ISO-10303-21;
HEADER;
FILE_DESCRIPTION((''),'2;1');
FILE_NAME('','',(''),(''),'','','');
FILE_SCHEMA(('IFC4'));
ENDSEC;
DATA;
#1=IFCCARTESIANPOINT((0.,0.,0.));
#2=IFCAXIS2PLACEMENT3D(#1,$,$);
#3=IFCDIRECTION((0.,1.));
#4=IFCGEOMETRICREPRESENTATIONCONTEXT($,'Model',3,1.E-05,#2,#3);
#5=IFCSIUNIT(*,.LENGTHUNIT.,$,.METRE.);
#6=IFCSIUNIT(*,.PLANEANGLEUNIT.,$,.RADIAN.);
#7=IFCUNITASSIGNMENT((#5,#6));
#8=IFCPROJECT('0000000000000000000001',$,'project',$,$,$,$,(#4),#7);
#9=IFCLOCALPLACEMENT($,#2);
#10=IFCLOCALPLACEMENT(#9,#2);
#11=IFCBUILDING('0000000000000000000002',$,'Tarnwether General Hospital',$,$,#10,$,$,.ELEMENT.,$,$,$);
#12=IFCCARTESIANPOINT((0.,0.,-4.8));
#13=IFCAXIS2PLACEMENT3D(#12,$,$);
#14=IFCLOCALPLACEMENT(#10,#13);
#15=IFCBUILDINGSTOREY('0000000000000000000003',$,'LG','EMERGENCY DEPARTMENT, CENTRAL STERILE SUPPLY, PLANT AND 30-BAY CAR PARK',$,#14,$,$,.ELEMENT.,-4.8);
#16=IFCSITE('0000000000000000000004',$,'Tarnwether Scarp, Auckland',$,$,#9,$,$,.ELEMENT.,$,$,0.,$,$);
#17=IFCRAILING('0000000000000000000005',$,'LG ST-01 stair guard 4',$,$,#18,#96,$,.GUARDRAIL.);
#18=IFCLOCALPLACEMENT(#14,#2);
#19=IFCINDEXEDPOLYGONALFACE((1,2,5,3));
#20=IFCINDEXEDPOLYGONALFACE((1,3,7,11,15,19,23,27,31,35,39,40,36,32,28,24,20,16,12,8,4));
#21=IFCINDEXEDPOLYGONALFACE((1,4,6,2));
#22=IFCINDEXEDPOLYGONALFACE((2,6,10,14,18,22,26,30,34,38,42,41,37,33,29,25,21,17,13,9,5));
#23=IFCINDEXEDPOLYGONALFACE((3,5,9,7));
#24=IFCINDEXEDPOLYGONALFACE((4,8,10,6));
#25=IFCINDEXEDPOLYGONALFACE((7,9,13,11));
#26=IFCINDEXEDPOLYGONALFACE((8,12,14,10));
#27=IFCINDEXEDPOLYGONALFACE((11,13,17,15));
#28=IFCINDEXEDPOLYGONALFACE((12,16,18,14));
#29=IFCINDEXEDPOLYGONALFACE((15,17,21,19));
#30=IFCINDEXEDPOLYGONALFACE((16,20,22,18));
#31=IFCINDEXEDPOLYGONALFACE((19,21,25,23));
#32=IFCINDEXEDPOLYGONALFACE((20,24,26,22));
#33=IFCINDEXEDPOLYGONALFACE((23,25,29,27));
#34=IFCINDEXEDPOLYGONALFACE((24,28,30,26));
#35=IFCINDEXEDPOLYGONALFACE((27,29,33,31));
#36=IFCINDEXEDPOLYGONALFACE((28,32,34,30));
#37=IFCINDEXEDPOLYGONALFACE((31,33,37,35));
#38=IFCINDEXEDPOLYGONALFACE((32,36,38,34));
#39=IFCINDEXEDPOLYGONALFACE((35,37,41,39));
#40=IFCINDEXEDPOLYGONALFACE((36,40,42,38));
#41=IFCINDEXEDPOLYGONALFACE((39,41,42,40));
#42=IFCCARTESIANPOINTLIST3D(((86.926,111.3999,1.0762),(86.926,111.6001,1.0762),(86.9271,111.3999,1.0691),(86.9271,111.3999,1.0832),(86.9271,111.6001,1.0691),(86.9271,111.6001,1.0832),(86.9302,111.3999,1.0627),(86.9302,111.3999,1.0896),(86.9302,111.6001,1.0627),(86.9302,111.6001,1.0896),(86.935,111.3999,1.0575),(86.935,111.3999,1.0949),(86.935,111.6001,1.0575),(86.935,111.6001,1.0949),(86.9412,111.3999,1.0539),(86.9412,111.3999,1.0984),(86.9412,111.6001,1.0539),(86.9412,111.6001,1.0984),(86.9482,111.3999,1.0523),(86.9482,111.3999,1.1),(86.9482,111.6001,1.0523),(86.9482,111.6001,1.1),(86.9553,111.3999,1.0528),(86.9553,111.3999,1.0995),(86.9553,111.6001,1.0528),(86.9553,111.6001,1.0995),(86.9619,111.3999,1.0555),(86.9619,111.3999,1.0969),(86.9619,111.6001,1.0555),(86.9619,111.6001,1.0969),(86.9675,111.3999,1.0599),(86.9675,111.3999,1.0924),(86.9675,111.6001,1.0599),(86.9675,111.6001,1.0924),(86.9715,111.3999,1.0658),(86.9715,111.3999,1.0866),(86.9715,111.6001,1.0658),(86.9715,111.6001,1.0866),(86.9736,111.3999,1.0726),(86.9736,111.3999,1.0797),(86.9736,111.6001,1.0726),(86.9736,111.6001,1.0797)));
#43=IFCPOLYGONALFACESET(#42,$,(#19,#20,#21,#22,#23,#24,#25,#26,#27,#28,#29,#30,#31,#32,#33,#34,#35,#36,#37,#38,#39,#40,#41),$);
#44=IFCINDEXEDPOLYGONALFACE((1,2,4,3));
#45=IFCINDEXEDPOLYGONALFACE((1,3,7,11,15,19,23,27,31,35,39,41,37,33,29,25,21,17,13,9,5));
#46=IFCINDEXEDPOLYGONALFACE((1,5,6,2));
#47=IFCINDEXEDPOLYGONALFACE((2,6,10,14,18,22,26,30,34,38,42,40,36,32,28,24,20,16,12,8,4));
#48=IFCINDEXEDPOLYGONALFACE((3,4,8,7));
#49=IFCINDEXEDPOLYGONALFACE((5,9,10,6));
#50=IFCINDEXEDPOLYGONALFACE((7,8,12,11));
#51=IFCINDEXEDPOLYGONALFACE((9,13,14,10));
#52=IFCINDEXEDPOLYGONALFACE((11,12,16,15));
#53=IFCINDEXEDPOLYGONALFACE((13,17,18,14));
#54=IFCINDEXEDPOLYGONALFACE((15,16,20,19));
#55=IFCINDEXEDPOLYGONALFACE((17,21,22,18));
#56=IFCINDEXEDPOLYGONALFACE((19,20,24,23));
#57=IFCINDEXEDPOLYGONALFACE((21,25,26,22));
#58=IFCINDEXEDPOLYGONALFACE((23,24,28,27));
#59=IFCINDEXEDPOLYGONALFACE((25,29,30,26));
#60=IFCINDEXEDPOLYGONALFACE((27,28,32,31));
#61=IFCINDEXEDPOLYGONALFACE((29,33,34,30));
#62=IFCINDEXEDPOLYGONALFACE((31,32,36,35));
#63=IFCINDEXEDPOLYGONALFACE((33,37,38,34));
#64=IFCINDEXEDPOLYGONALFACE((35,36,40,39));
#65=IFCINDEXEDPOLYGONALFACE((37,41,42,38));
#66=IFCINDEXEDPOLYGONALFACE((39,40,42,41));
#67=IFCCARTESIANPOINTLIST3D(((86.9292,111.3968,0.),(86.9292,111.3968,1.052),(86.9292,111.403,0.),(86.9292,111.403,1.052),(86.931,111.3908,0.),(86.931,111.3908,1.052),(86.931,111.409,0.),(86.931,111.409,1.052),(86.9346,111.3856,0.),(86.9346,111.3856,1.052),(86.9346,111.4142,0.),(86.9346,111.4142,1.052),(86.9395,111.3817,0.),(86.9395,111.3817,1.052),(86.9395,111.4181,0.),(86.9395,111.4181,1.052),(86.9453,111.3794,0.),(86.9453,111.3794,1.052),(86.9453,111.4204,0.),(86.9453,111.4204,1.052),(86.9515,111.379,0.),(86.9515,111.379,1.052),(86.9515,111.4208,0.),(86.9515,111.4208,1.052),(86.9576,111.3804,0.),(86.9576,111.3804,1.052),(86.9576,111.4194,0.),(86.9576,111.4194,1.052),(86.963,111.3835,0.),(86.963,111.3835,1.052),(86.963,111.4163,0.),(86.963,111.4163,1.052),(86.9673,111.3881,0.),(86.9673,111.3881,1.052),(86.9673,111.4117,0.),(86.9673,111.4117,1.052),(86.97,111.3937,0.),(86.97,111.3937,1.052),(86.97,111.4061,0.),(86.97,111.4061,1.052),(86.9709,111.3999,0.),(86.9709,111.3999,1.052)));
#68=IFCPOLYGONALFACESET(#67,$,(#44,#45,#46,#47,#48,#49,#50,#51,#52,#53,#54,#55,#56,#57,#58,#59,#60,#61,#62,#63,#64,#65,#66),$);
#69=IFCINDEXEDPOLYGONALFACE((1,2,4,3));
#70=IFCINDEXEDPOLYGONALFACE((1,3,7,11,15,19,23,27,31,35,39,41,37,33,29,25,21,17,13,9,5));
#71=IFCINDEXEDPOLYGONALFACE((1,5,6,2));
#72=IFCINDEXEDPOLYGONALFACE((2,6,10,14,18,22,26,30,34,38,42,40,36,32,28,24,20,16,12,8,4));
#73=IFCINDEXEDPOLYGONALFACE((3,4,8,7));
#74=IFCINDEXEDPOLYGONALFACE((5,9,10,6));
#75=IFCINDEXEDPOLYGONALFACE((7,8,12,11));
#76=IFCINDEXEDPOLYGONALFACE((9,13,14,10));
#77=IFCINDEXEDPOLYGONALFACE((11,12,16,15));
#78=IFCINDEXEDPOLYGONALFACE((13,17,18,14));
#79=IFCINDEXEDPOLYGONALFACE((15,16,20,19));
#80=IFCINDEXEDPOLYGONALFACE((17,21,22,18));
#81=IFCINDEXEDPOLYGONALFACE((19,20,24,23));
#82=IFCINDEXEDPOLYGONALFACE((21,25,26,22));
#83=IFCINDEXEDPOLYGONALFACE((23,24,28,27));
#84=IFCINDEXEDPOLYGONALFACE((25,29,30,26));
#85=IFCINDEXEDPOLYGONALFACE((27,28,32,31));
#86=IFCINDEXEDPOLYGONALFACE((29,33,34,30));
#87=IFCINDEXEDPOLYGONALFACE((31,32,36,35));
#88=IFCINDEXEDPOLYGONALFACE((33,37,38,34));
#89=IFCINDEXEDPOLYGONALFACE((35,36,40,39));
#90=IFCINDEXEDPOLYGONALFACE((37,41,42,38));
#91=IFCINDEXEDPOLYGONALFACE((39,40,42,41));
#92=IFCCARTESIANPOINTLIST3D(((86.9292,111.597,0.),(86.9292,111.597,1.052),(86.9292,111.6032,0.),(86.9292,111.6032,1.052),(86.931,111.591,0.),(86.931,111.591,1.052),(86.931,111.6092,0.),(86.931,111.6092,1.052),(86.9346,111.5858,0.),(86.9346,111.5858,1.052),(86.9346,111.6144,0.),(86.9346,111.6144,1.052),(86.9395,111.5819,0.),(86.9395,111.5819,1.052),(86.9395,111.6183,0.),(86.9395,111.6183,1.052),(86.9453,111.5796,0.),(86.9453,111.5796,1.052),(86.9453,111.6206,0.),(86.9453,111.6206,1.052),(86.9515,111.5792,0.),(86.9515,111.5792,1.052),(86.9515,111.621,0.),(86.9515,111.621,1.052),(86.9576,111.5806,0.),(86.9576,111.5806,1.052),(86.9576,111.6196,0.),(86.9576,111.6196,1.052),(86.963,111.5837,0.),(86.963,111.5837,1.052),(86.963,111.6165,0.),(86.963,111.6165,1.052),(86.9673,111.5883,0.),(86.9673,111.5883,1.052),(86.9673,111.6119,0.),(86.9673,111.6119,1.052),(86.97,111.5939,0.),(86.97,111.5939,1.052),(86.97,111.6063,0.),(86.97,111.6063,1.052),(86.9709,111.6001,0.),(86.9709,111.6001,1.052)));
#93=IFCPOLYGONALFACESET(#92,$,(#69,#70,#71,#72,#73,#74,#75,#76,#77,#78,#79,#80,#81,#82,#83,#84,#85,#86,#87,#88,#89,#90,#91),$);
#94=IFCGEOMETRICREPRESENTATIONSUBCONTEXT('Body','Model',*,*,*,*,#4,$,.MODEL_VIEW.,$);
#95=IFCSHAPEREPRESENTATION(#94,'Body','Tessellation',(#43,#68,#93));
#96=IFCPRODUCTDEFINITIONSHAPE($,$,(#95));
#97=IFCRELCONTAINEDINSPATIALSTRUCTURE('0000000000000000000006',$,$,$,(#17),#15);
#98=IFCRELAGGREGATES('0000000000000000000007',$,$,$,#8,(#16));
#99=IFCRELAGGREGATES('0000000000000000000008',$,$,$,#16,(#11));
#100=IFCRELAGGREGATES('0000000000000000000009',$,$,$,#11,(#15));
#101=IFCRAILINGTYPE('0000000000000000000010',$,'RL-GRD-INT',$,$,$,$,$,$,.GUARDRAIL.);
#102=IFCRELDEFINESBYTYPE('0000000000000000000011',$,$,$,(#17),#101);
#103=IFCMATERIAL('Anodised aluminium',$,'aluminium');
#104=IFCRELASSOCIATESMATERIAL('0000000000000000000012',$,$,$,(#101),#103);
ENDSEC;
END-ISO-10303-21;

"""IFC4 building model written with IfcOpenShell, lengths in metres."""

from ifc_helpers import new_model, si_unit, direction, frame, origin, origin_2d, place, context, subcontext, project, spatial, circle, extrude, material, type_object, element, save


model = new_model("IFC4")

# Units and contexts
model_context = context("Model", 3, precision=1e-05, world=origin(), true_north=direction((0.0, 1.0)))
body_context = subcontext(model_context, "Body", "Model", "MODEL_VIEW")
ifc_project = project(units=[si_unit("LENGTHUNIT", "METRE"), si_unit("PLANEANGLEUNIT", "RADIAN")], contexts=[model_context])

# Site, building, storey
site_placement = place(None, origin())
site = spatial("IfcSite", under=ifc_project, at=site_placement, Name="Tarnwether Scarp, Auckland", CompositionType="ELEMENT", RefElevation=0.0)
building_placement = place(site_placement, origin())
building = spatial("IfcBuilding", under=site, at=building_placement, Name="Tarnwether General Hospital", CompositionType="ELEMENT")
storey_placement = place(building_placement, frame((0.0, 0.0, -4.8)))
storey = spatial("IfcBuildingStorey", under=building, at=storey_placement, Name="LG", Description="EMERGENCY DEPARTMENT, CENTRAL STERILE SUPPLY, PLANT AND 30-BAY CAR PARK", CompositionType="ELEMENT", Elevation=-4.8)

# Railing
ifc_material_1 = material(Name="Anodised aluminium", Category="aluminium")
railing_type_1 = type_object("IfcRailingType", Name="RL-GRD-INT", PredefinedType="GUARDRAIL", material=ifc_material_1)
railing_1_placement = place(storey_placement, frame((86.95, 111.3999, 0.0)))
element("IfcRailing", 1, at=railing_1_placement, inside=storey, type_object=railing_type_1, Name="LG ST-01 stair guard 4", PredefinedType="GUARDRAIL", context=body_context, shape_type="SweptSolid", body=[
    extrude(circle(Radius=0.0239, at=origin_2d()), frame((0.0, 0.0, 1.0762), z_axis=(0.0, 1.0, 0.0), x_axis=(-1.0, 0.0, 0.0)), (0.0, 0.0, 1.0), 0.2002),
    extrude(circle(Radius=0.021, at=origin_2d()), origin(), (0.0, 0.0, 1.0), 1.052),
    extrude(circle(Radius=0.021, at=origin_2d()), frame((0.0, 0.2002, 0.0)), (0.0, 0.0, 1.0), 1.052),
])

save(model, "model.ifc")
